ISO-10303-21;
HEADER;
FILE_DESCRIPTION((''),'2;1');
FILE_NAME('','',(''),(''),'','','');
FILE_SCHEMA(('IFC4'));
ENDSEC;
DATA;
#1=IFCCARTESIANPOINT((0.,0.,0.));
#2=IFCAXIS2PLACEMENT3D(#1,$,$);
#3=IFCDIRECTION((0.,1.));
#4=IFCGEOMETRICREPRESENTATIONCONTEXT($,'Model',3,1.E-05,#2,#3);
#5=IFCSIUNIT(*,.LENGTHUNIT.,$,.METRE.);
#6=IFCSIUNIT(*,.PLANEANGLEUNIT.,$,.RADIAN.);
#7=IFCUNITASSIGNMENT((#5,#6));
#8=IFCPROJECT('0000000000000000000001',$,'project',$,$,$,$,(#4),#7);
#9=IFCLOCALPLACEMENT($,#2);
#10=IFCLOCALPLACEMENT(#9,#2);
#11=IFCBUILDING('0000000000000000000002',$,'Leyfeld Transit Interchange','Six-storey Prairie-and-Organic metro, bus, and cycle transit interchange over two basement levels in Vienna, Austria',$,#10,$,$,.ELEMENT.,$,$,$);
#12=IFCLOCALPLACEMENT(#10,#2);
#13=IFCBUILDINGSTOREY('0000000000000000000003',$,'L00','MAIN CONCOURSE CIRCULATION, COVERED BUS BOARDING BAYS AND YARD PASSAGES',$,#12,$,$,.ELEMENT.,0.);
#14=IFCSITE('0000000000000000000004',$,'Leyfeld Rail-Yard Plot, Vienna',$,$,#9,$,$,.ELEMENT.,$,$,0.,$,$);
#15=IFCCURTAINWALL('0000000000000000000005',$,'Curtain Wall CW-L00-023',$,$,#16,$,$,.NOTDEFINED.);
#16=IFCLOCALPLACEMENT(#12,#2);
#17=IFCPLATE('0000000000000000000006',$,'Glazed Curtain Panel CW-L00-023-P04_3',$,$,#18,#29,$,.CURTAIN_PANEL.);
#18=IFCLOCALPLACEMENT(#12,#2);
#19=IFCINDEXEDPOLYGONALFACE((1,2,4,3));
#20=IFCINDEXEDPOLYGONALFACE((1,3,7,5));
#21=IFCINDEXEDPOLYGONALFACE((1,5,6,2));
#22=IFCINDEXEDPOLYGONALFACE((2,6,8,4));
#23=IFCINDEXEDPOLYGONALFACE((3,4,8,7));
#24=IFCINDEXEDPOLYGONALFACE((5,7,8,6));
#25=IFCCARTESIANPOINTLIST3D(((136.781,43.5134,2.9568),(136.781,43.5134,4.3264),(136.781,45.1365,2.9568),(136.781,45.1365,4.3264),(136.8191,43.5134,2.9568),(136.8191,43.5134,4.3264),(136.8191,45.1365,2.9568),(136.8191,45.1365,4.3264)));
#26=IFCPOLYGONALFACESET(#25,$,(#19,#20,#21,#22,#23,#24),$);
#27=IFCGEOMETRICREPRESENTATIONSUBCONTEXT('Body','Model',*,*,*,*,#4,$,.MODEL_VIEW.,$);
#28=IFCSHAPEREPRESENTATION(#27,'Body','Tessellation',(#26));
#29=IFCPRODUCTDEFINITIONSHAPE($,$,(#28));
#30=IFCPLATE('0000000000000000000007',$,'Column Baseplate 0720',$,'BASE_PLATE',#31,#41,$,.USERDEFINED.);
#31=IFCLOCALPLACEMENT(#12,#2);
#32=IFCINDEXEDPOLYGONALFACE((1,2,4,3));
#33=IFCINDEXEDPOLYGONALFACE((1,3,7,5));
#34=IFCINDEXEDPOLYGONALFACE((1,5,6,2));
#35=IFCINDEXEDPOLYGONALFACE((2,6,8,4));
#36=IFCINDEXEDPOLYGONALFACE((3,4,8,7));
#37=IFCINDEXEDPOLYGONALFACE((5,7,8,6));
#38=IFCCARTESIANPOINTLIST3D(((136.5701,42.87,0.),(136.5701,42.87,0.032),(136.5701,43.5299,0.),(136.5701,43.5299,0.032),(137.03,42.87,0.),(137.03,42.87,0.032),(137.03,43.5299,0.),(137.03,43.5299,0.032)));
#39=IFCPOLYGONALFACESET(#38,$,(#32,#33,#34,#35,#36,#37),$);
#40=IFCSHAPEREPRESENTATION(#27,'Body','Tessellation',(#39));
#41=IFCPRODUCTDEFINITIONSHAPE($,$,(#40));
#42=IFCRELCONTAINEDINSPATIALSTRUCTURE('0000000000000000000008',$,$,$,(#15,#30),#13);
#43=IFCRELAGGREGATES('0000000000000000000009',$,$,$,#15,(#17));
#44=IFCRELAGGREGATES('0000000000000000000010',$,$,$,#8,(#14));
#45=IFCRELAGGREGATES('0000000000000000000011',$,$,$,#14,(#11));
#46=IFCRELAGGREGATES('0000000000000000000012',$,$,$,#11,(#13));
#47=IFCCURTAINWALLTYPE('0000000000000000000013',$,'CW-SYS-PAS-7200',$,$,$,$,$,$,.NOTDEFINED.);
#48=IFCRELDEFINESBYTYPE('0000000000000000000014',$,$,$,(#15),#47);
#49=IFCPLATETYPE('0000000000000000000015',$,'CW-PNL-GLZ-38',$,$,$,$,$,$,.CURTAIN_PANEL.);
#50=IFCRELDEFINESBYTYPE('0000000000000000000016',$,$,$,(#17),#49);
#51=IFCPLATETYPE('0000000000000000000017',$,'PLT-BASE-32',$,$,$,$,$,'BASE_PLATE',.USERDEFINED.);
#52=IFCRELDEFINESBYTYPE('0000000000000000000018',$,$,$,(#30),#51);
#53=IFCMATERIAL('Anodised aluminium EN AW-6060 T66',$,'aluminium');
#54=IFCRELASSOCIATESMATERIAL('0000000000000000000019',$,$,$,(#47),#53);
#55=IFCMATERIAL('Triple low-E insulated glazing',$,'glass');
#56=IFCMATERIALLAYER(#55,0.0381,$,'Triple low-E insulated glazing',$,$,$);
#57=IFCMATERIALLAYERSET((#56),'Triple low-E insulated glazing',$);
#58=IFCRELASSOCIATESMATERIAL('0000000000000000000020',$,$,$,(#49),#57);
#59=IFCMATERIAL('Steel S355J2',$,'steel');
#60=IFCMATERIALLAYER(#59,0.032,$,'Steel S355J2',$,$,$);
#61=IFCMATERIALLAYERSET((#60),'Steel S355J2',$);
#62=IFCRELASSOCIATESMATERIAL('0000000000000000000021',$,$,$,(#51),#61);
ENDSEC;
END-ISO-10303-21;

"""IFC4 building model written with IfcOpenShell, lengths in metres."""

from ifc_helpers import new_model, si_unit, direction, frame, origin, origin_2d, place, context, subcontext, project, spatial, rectangle, extrude, material, layer, layer_set, type_object, element, aggregate, save


model = new_model("IFC4")

# Units and contexts
model_context = context("Model", 3, precision=1e-05, world=origin(), true_north=direction((0.0, 1.0)))
body_context = subcontext(model_context, "Body", "Model", "MODEL_VIEW")
ifc_project = project(units=[si_unit("LENGTHUNIT", "METRE"), si_unit("PLANEANGLEUNIT", "RADIAN")], contexts=[model_context])

# Site, building, storey
site_placement = place(None, origin())
site = spatial("IfcSite", under=ifc_project, at=site_placement, Name="Leyfeld Rail-Yard Plot, Vienna", CompositionType="ELEMENT", RefElevation=0.0)
building_placement = place(site_placement, origin())
building = spatial("IfcBuilding", under=site, at=building_placement, Name="Leyfeld Transit Interchange", Description="Six-storey Prairie-and-Organic metro, bus, and cycle transit interchange over two basement levels in Vienna, Austria", CompositionType="ELEMENT")
storey_placement = place(building_placement, origin())
storey = spatial("IfcBuildingStorey", under=building, at=storey_placement, Name="L00", Description="MAIN CONCOURSE CIRCULATION, COVERED BUS BOARDING BAYS AND YARD PASSAGES", CompositionType="ELEMENT", Elevation=0.0)

# Shared definitions
ifc_material_1 = material(Name="Steel S355J2", Category="steel")

# Curtain wall, plate
ifc_material_2 = material(Name="Anodised aluminium EN AW-6060 T66", Category="aluminium")
curtain_wall_type = type_object("IfcCurtainWallType", Name="CW-SYS-PAS-7200", PredefinedType="NOTDEFINED", material=ifc_material_2)
curtain_wall_placement = place(storey_placement, origin())
curtain_wall = element("IfcCurtainWall", 1, at=curtain_wall_placement, inside=storey, type_object=curtain_wall_type, Name="Curtain Wall CW-L00-023", PredefinedType="NOTDEFINED")
ifc_material_3 = material(Name="Triple low-E insulated glazing", Category="glass")
ifc_layer_1 = layer(ifc_material_3, 0.0381, Name="Triple low-E insulated glazing")
ifc_layer_set_1 = layer_set([ifc_layer_1], Name="Triple low-E insulated glazing")
plate_type_1 = type_object("IfcPlateType", Name="CW-PNL-GLZ-38", PredefinedType="CURTAIN_PANEL", material=ifc_layer_set_1)
plate_1_placement = place(storey_placement, frame((136.8, 44.325, 2.9568), z_axis=(0.0, 0.0, 1.0), x_axis=(0.0, -1.0, 0.0)))
plate_1 = element("IfcPlate", 2, at=plate_1_placement, type_object=plate_type_1, Name="Glazed Curtain Panel CW-L00-023-P04_3", PredefinedType="CURTAIN_PANEL", context=body_context, shape_type="SweptSolid", body=[
    extrude(rectangle(XDim=1.623, YDim=0.0381, at=origin_2d()), origin(), (0.0, 0.0, 1.0), 1.3696),
])
aggregate(curtain_wall, [plate_1])

# Plate
ifc_layer_2 = layer(ifc_material_1, 0.032, Name="Steel S355J2")
ifc_layer_set_2 = layer_set([ifc_layer_2], Name="Steel S355J2")
plate_type_2 = type_object("IfcPlateType", Name="PLT-BASE-32", ElementType="BASE_PLATE", PredefinedType="USERDEFINED", material=ifc_layer_set_2)
plate_2_placement = place(storey_placement, frame((136.8, 43.2, 0.0), z_axis=(0.0, 0.0, 1.0), x_axis=(1.0, 0.0, 0.0)))
element("IfcPlate", 3, at=plate_2_placement, inside=storey, type_object=plate_type_2, Name="Column Baseplate 0720", ObjectType="BASE_PLATE", PredefinedType="USERDEFINED", context=body_context, shape_type="SweptSolid", body=[
    extrude(rectangle(XDim=0.46, YDim=0.6599, at=origin_2d()), origin(), (0.0, 0.0, 1.0), 0.032),
])

save(model, "model.ifc")
